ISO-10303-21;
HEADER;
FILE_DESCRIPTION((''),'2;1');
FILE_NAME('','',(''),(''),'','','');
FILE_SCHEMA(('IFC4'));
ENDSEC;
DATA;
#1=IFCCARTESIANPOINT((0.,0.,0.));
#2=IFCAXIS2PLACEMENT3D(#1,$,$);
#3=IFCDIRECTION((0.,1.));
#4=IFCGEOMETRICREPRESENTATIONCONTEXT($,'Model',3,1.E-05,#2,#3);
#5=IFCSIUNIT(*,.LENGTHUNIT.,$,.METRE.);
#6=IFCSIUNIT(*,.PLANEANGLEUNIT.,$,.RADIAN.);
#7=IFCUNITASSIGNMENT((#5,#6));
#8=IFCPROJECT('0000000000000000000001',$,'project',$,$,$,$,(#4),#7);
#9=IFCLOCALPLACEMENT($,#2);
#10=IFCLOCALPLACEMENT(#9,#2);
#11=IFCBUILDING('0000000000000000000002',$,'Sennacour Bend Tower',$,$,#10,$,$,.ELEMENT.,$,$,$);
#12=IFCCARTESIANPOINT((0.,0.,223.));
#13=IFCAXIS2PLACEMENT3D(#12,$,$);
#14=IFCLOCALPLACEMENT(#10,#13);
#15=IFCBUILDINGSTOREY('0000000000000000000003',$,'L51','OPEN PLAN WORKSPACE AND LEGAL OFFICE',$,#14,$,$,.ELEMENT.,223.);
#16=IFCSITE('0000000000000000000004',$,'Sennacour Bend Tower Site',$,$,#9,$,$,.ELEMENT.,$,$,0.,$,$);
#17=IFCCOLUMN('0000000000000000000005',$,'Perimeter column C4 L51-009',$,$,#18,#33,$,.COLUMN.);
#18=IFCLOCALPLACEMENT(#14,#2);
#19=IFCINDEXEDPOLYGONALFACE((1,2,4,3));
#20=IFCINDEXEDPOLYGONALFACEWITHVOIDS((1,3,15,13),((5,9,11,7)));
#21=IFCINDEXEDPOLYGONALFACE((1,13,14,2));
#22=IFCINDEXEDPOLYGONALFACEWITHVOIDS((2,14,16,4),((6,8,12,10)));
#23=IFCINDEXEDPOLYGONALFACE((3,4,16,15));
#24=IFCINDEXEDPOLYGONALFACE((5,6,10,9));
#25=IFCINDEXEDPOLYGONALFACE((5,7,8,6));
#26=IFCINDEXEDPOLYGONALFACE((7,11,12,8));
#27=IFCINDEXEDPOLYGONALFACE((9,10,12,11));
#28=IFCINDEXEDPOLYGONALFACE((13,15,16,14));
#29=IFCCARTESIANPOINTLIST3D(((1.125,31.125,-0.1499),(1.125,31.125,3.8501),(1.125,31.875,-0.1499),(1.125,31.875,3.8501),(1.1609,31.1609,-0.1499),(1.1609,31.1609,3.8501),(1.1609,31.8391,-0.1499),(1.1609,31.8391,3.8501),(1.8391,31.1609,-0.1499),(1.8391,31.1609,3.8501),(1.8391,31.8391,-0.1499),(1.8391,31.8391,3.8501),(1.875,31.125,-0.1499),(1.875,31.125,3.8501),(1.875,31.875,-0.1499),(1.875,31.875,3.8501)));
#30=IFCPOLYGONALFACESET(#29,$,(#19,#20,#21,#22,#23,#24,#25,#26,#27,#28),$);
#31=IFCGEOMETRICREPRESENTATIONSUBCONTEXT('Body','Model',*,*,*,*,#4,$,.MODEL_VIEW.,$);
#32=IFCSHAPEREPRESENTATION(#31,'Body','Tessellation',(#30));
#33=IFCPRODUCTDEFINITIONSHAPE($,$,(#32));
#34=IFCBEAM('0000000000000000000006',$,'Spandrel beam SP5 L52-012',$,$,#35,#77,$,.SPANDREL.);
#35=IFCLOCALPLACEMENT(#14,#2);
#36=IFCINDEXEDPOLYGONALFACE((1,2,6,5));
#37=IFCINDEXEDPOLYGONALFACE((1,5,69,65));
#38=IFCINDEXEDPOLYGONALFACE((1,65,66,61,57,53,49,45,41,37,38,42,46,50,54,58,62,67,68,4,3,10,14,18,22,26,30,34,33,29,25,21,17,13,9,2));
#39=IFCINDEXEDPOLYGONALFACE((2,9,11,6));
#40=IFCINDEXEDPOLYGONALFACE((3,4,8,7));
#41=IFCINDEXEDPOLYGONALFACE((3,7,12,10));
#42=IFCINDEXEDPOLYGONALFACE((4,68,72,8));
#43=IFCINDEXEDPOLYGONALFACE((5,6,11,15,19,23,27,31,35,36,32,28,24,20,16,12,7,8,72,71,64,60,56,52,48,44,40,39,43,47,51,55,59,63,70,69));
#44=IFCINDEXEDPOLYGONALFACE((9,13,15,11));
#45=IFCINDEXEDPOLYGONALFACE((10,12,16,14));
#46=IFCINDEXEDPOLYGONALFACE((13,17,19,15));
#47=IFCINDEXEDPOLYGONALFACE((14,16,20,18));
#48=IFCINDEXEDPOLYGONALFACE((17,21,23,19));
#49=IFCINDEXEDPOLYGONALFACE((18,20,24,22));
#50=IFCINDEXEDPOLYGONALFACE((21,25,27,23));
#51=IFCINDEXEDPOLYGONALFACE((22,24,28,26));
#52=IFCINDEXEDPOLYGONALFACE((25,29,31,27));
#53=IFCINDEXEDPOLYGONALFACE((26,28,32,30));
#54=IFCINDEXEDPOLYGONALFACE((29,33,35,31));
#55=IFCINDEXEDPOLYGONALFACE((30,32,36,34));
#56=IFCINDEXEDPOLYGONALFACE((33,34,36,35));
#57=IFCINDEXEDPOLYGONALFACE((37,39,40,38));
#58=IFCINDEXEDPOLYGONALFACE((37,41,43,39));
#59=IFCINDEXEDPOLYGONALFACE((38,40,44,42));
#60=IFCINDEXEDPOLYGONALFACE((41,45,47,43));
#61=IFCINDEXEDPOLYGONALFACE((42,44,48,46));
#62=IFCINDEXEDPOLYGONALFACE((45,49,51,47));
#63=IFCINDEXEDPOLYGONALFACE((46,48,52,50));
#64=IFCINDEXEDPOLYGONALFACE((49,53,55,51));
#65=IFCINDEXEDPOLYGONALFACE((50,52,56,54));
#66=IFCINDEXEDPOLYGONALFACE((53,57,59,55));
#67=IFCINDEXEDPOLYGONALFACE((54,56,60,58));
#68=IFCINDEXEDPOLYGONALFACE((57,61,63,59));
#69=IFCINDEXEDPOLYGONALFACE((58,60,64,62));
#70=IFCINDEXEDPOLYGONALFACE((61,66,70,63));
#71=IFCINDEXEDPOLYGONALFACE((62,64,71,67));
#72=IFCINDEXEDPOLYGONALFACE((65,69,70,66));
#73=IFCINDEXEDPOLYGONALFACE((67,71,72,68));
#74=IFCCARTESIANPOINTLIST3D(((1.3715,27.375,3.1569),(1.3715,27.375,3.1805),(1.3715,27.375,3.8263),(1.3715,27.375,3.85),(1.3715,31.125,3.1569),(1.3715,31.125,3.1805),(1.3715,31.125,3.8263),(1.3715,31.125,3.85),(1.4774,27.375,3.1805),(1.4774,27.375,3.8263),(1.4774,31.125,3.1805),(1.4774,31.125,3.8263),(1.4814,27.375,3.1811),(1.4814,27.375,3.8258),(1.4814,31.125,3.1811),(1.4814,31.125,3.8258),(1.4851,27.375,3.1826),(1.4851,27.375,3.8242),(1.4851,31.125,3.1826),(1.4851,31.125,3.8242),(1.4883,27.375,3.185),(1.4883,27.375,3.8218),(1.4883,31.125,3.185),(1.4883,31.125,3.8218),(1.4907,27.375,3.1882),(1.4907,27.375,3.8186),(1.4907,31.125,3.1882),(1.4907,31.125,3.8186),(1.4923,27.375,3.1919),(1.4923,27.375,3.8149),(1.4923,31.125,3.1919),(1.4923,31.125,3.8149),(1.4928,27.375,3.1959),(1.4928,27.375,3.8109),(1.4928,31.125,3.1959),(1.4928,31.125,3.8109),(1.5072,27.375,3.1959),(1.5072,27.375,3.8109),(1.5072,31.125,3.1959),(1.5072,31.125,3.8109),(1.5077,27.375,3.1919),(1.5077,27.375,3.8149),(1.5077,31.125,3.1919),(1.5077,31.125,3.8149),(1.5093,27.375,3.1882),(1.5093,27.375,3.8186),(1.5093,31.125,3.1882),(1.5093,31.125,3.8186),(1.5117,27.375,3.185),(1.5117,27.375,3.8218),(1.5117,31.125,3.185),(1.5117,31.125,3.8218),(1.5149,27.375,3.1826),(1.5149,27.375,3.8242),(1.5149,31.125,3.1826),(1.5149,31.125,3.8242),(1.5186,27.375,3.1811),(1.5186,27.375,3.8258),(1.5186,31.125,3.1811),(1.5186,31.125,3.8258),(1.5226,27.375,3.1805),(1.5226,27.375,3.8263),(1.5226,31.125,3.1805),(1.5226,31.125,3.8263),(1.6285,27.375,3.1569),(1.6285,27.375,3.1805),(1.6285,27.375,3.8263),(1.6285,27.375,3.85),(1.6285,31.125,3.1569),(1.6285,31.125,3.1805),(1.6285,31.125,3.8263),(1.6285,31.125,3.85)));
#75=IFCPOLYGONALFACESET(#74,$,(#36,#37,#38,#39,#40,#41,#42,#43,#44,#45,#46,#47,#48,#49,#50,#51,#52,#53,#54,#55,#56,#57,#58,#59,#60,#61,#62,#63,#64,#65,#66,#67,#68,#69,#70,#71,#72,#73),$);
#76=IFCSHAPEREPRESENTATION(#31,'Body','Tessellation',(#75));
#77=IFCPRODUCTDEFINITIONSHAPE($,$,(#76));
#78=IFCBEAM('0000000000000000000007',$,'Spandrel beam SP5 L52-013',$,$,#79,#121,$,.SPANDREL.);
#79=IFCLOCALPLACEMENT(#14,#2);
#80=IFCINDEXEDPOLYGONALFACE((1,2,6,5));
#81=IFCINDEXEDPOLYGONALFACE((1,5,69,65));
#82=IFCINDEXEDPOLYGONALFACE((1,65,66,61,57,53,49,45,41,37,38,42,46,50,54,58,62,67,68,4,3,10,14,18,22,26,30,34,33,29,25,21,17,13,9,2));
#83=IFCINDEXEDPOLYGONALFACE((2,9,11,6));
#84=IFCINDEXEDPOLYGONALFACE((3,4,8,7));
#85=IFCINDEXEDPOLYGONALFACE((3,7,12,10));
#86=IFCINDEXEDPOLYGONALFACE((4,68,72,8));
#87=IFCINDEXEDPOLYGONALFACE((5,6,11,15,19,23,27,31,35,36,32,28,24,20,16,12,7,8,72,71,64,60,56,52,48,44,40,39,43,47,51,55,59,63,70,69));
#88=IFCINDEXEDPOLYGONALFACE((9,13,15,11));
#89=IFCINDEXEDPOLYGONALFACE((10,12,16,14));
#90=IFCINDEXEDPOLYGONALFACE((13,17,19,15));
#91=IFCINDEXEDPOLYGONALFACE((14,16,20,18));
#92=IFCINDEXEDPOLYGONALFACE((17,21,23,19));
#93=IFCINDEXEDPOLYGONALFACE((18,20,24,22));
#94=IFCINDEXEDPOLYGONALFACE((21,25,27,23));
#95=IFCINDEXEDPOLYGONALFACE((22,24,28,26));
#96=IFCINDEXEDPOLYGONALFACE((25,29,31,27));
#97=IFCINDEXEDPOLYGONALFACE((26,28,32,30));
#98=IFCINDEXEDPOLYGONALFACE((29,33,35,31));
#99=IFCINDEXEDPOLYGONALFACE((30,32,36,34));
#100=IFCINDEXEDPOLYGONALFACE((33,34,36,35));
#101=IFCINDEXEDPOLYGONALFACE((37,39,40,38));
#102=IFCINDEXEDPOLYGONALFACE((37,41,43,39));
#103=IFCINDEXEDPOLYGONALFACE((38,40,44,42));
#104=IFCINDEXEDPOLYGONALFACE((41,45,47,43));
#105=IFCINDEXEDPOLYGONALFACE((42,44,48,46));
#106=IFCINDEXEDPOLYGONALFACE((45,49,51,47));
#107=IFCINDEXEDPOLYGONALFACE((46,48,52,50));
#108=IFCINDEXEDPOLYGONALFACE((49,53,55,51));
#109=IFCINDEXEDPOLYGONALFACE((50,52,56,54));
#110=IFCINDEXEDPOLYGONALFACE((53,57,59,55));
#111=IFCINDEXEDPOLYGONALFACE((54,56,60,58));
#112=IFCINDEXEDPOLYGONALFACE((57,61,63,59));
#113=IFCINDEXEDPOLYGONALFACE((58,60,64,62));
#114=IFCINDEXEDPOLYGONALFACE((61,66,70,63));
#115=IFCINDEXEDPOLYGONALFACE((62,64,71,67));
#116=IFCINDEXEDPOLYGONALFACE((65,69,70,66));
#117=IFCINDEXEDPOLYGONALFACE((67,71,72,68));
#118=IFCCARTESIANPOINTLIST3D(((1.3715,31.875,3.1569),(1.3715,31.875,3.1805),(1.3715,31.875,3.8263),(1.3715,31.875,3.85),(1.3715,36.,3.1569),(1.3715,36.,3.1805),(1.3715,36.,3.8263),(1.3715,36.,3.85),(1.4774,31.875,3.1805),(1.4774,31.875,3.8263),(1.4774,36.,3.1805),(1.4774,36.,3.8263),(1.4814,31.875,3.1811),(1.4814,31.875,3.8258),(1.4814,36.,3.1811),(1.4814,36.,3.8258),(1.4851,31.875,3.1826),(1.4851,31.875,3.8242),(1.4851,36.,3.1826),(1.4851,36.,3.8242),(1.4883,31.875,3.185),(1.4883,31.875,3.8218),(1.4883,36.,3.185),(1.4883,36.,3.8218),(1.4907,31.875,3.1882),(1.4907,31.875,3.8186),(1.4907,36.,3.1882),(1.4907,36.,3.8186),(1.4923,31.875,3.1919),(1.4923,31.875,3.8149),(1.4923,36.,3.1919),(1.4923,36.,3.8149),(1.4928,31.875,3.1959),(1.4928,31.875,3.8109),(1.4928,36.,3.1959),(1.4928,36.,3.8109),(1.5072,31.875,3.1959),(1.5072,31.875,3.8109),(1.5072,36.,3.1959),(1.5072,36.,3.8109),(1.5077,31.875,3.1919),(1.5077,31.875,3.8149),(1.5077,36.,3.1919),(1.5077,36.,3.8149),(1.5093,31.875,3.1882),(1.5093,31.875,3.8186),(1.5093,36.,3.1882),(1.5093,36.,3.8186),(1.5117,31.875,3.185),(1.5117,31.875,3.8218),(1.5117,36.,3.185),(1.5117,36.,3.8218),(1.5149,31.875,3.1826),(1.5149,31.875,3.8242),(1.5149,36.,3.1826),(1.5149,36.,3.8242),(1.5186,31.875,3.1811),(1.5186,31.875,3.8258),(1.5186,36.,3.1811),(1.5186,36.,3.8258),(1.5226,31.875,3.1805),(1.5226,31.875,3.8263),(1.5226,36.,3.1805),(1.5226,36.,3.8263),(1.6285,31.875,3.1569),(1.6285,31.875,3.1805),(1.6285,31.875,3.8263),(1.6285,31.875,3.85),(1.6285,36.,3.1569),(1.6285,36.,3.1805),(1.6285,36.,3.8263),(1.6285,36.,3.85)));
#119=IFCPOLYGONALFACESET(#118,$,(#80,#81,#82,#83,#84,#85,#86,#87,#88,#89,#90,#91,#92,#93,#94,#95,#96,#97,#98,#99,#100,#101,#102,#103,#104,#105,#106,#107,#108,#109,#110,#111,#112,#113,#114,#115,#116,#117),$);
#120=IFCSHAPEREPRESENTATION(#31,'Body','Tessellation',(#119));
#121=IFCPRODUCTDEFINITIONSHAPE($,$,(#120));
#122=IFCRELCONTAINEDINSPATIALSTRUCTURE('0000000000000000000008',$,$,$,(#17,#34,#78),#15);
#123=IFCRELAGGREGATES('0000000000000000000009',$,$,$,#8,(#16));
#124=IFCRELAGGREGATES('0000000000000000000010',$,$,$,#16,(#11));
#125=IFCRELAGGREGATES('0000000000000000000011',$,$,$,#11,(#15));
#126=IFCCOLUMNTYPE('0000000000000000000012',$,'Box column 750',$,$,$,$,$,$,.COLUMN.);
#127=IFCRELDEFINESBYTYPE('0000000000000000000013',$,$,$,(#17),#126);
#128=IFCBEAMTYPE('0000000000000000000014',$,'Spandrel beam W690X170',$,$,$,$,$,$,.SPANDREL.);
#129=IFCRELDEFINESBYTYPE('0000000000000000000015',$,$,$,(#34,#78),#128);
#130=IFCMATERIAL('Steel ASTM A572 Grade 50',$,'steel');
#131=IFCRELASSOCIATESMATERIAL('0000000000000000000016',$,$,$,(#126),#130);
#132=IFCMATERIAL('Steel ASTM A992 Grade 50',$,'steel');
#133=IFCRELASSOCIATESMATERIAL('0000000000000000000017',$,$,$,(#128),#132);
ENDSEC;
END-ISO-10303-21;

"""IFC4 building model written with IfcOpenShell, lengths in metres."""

from ifc_helpers import new_model, si_unit, direction, frame, origin, origin_2d, place, context, subcontext, project, spatial, hollow_rectangle, i_section, extrude, material, material_profile, profile_set, type_object, element, save


model = new_model("IFC4")

# Units and contexts
model_context = context("Model", 3, precision=1e-05, world=origin(), true_north=direction((0.0, 1.0)))
body_context = subcontext(model_context, "Body", "Model", "MODEL_VIEW")
ifc_project = project(units=[si_unit("LENGTHUNIT", "METRE"), si_unit("PLANEANGLEUNIT", "RADIAN")], contexts=[model_context])

# Site, building, storey
site_placement = place(None, origin())
site = spatial("IfcSite", under=ifc_project, at=site_placement, Name="Sennacour Bend Tower Site", CompositionType="ELEMENT", RefElevation=0.0)
building_placement = place(site_placement, origin())
building = spatial("IfcBuilding", under=site, at=building_placement, Name="Sennacour Bend Tower", CompositionType="ELEMENT")
storey_placement = place(building_placement, frame((0.0, 0.0, 223.0)))
storey = spatial("IfcBuildingStorey", under=building, at=storey_placement, Name="L51", Description="OPEN PLAN WORKSPACE AND LEGAL OFFICE", CompositionType="ELEMENT", Elevation=223.0)

# Column
ifc_material_1 = material(Name="Steel ASTM A572 Grade 50", Category="steel")
ifc_material_profile_1 = material_profile(ifc_material_1, hollow_rectangle(XDim=0.75, YDim=0.75, WallThickness=0.0359, at=origin_2d()), Name="Steel ASTM A572 Grade 50", Category="steel")
ifc_profile_set_1 = profile_set([ifc_material_profile_1], Name="Steel ASTM A572 Grade 50")
column_type = type_object("IfcColumnType", Name="Box column 750", PredefinedType="COLUMN", material=ifc_profile_set_1)
column_placement = place(storey_placement, frame((1.5, 31.5, -0.1499), z_axis=(0.0, 0.0, 1.0), x_axis=(1.0, 0.0, 0.0)))
element("IfcColumn", 1, at=column_placement, inside=storey, type_object=column_type, Name="Perimeter column C4 L51-009", PredefinedType="COLUMN", context=body_context, shape_type="SweptSolid", body=[
    extrude(hollow_rectangle(XDim=0.75, YDim=0.75, WallThickness=0.0359, at=origin_2d()), origin(), (0.0, 0.0, 1.0), 4.0),
])

# Beams
ifc_material_2 = material(Name="Steel ASTM A992 Grade 50", Category="steel")
ifc_material_profile_2 = material_profile(ifc_material_2, i_section(OverallWidth=0.2571, OverallDepth=0.6931, WebThickness=0.0144, FlangeThickness=0.0237, FilletRadius=0.0154, at=origin_2d()), Name="Steel ASTM A992 Grade 50", Category="steel")
ifc_profile_set_2 = profile_set([ifc_material_profile_2], Name="Steel ASTM A992 Grade 50")
beam_type = type_object("IfcBeamType", Name="Spandrel beam W690X170", PredefinedType="SPANDREL", material=ifc_profile_set_2)
beam_1_placement = place(storey_placement, frame((1.5, 27.375, 3.5034), z_axis=(0.0, 1.0, 0.0), x_axis=(-1.0, 0.0, 0.0)))
element("IfcBeam", 2, at=beam_1_placement, inside=storey, type_object=beam_type, Name="Spandrel beam SP5 L52-012", PredefinedType="SPANDREL", context=body_context, shape_type="SweptSolid", body=[
    extrude(i_section(OverallWidth=0.2571, OverallDepth=0.6931, WebThickness=0.0144, FlangeThickness=0.0237, FilletRadius=0.0154, at=origin_2d()), origin(), (0.0, 0.0, 1.0), 3.75),
])
beam_2_placement = place(storey_placement, frame((1.5, 31.875, 3.5034), z_axis=(0.0, 1.0, 0.0), x_axis=(-1.0, 0.0, 0.0)))
element("IfcBeam", 3, at=beam_2_placement, inside=storey, type_object=beam_type, Name="Spandrel beam SP5 L52-013", PredefinedType="SPANDREL", context=body_context, shape_type="SweptSolid", body=[
    extrude(i_section(OverallWidth=0.2571, OverallDepth=0.6931, WebThickness=0.0144, FlangeThickness=0.0237, FilletRadius=0.0154, at=origin_2d()), origin(), (0.0, 0.0, 1.0), 4.125),
])

save(model, "model.ifc")
